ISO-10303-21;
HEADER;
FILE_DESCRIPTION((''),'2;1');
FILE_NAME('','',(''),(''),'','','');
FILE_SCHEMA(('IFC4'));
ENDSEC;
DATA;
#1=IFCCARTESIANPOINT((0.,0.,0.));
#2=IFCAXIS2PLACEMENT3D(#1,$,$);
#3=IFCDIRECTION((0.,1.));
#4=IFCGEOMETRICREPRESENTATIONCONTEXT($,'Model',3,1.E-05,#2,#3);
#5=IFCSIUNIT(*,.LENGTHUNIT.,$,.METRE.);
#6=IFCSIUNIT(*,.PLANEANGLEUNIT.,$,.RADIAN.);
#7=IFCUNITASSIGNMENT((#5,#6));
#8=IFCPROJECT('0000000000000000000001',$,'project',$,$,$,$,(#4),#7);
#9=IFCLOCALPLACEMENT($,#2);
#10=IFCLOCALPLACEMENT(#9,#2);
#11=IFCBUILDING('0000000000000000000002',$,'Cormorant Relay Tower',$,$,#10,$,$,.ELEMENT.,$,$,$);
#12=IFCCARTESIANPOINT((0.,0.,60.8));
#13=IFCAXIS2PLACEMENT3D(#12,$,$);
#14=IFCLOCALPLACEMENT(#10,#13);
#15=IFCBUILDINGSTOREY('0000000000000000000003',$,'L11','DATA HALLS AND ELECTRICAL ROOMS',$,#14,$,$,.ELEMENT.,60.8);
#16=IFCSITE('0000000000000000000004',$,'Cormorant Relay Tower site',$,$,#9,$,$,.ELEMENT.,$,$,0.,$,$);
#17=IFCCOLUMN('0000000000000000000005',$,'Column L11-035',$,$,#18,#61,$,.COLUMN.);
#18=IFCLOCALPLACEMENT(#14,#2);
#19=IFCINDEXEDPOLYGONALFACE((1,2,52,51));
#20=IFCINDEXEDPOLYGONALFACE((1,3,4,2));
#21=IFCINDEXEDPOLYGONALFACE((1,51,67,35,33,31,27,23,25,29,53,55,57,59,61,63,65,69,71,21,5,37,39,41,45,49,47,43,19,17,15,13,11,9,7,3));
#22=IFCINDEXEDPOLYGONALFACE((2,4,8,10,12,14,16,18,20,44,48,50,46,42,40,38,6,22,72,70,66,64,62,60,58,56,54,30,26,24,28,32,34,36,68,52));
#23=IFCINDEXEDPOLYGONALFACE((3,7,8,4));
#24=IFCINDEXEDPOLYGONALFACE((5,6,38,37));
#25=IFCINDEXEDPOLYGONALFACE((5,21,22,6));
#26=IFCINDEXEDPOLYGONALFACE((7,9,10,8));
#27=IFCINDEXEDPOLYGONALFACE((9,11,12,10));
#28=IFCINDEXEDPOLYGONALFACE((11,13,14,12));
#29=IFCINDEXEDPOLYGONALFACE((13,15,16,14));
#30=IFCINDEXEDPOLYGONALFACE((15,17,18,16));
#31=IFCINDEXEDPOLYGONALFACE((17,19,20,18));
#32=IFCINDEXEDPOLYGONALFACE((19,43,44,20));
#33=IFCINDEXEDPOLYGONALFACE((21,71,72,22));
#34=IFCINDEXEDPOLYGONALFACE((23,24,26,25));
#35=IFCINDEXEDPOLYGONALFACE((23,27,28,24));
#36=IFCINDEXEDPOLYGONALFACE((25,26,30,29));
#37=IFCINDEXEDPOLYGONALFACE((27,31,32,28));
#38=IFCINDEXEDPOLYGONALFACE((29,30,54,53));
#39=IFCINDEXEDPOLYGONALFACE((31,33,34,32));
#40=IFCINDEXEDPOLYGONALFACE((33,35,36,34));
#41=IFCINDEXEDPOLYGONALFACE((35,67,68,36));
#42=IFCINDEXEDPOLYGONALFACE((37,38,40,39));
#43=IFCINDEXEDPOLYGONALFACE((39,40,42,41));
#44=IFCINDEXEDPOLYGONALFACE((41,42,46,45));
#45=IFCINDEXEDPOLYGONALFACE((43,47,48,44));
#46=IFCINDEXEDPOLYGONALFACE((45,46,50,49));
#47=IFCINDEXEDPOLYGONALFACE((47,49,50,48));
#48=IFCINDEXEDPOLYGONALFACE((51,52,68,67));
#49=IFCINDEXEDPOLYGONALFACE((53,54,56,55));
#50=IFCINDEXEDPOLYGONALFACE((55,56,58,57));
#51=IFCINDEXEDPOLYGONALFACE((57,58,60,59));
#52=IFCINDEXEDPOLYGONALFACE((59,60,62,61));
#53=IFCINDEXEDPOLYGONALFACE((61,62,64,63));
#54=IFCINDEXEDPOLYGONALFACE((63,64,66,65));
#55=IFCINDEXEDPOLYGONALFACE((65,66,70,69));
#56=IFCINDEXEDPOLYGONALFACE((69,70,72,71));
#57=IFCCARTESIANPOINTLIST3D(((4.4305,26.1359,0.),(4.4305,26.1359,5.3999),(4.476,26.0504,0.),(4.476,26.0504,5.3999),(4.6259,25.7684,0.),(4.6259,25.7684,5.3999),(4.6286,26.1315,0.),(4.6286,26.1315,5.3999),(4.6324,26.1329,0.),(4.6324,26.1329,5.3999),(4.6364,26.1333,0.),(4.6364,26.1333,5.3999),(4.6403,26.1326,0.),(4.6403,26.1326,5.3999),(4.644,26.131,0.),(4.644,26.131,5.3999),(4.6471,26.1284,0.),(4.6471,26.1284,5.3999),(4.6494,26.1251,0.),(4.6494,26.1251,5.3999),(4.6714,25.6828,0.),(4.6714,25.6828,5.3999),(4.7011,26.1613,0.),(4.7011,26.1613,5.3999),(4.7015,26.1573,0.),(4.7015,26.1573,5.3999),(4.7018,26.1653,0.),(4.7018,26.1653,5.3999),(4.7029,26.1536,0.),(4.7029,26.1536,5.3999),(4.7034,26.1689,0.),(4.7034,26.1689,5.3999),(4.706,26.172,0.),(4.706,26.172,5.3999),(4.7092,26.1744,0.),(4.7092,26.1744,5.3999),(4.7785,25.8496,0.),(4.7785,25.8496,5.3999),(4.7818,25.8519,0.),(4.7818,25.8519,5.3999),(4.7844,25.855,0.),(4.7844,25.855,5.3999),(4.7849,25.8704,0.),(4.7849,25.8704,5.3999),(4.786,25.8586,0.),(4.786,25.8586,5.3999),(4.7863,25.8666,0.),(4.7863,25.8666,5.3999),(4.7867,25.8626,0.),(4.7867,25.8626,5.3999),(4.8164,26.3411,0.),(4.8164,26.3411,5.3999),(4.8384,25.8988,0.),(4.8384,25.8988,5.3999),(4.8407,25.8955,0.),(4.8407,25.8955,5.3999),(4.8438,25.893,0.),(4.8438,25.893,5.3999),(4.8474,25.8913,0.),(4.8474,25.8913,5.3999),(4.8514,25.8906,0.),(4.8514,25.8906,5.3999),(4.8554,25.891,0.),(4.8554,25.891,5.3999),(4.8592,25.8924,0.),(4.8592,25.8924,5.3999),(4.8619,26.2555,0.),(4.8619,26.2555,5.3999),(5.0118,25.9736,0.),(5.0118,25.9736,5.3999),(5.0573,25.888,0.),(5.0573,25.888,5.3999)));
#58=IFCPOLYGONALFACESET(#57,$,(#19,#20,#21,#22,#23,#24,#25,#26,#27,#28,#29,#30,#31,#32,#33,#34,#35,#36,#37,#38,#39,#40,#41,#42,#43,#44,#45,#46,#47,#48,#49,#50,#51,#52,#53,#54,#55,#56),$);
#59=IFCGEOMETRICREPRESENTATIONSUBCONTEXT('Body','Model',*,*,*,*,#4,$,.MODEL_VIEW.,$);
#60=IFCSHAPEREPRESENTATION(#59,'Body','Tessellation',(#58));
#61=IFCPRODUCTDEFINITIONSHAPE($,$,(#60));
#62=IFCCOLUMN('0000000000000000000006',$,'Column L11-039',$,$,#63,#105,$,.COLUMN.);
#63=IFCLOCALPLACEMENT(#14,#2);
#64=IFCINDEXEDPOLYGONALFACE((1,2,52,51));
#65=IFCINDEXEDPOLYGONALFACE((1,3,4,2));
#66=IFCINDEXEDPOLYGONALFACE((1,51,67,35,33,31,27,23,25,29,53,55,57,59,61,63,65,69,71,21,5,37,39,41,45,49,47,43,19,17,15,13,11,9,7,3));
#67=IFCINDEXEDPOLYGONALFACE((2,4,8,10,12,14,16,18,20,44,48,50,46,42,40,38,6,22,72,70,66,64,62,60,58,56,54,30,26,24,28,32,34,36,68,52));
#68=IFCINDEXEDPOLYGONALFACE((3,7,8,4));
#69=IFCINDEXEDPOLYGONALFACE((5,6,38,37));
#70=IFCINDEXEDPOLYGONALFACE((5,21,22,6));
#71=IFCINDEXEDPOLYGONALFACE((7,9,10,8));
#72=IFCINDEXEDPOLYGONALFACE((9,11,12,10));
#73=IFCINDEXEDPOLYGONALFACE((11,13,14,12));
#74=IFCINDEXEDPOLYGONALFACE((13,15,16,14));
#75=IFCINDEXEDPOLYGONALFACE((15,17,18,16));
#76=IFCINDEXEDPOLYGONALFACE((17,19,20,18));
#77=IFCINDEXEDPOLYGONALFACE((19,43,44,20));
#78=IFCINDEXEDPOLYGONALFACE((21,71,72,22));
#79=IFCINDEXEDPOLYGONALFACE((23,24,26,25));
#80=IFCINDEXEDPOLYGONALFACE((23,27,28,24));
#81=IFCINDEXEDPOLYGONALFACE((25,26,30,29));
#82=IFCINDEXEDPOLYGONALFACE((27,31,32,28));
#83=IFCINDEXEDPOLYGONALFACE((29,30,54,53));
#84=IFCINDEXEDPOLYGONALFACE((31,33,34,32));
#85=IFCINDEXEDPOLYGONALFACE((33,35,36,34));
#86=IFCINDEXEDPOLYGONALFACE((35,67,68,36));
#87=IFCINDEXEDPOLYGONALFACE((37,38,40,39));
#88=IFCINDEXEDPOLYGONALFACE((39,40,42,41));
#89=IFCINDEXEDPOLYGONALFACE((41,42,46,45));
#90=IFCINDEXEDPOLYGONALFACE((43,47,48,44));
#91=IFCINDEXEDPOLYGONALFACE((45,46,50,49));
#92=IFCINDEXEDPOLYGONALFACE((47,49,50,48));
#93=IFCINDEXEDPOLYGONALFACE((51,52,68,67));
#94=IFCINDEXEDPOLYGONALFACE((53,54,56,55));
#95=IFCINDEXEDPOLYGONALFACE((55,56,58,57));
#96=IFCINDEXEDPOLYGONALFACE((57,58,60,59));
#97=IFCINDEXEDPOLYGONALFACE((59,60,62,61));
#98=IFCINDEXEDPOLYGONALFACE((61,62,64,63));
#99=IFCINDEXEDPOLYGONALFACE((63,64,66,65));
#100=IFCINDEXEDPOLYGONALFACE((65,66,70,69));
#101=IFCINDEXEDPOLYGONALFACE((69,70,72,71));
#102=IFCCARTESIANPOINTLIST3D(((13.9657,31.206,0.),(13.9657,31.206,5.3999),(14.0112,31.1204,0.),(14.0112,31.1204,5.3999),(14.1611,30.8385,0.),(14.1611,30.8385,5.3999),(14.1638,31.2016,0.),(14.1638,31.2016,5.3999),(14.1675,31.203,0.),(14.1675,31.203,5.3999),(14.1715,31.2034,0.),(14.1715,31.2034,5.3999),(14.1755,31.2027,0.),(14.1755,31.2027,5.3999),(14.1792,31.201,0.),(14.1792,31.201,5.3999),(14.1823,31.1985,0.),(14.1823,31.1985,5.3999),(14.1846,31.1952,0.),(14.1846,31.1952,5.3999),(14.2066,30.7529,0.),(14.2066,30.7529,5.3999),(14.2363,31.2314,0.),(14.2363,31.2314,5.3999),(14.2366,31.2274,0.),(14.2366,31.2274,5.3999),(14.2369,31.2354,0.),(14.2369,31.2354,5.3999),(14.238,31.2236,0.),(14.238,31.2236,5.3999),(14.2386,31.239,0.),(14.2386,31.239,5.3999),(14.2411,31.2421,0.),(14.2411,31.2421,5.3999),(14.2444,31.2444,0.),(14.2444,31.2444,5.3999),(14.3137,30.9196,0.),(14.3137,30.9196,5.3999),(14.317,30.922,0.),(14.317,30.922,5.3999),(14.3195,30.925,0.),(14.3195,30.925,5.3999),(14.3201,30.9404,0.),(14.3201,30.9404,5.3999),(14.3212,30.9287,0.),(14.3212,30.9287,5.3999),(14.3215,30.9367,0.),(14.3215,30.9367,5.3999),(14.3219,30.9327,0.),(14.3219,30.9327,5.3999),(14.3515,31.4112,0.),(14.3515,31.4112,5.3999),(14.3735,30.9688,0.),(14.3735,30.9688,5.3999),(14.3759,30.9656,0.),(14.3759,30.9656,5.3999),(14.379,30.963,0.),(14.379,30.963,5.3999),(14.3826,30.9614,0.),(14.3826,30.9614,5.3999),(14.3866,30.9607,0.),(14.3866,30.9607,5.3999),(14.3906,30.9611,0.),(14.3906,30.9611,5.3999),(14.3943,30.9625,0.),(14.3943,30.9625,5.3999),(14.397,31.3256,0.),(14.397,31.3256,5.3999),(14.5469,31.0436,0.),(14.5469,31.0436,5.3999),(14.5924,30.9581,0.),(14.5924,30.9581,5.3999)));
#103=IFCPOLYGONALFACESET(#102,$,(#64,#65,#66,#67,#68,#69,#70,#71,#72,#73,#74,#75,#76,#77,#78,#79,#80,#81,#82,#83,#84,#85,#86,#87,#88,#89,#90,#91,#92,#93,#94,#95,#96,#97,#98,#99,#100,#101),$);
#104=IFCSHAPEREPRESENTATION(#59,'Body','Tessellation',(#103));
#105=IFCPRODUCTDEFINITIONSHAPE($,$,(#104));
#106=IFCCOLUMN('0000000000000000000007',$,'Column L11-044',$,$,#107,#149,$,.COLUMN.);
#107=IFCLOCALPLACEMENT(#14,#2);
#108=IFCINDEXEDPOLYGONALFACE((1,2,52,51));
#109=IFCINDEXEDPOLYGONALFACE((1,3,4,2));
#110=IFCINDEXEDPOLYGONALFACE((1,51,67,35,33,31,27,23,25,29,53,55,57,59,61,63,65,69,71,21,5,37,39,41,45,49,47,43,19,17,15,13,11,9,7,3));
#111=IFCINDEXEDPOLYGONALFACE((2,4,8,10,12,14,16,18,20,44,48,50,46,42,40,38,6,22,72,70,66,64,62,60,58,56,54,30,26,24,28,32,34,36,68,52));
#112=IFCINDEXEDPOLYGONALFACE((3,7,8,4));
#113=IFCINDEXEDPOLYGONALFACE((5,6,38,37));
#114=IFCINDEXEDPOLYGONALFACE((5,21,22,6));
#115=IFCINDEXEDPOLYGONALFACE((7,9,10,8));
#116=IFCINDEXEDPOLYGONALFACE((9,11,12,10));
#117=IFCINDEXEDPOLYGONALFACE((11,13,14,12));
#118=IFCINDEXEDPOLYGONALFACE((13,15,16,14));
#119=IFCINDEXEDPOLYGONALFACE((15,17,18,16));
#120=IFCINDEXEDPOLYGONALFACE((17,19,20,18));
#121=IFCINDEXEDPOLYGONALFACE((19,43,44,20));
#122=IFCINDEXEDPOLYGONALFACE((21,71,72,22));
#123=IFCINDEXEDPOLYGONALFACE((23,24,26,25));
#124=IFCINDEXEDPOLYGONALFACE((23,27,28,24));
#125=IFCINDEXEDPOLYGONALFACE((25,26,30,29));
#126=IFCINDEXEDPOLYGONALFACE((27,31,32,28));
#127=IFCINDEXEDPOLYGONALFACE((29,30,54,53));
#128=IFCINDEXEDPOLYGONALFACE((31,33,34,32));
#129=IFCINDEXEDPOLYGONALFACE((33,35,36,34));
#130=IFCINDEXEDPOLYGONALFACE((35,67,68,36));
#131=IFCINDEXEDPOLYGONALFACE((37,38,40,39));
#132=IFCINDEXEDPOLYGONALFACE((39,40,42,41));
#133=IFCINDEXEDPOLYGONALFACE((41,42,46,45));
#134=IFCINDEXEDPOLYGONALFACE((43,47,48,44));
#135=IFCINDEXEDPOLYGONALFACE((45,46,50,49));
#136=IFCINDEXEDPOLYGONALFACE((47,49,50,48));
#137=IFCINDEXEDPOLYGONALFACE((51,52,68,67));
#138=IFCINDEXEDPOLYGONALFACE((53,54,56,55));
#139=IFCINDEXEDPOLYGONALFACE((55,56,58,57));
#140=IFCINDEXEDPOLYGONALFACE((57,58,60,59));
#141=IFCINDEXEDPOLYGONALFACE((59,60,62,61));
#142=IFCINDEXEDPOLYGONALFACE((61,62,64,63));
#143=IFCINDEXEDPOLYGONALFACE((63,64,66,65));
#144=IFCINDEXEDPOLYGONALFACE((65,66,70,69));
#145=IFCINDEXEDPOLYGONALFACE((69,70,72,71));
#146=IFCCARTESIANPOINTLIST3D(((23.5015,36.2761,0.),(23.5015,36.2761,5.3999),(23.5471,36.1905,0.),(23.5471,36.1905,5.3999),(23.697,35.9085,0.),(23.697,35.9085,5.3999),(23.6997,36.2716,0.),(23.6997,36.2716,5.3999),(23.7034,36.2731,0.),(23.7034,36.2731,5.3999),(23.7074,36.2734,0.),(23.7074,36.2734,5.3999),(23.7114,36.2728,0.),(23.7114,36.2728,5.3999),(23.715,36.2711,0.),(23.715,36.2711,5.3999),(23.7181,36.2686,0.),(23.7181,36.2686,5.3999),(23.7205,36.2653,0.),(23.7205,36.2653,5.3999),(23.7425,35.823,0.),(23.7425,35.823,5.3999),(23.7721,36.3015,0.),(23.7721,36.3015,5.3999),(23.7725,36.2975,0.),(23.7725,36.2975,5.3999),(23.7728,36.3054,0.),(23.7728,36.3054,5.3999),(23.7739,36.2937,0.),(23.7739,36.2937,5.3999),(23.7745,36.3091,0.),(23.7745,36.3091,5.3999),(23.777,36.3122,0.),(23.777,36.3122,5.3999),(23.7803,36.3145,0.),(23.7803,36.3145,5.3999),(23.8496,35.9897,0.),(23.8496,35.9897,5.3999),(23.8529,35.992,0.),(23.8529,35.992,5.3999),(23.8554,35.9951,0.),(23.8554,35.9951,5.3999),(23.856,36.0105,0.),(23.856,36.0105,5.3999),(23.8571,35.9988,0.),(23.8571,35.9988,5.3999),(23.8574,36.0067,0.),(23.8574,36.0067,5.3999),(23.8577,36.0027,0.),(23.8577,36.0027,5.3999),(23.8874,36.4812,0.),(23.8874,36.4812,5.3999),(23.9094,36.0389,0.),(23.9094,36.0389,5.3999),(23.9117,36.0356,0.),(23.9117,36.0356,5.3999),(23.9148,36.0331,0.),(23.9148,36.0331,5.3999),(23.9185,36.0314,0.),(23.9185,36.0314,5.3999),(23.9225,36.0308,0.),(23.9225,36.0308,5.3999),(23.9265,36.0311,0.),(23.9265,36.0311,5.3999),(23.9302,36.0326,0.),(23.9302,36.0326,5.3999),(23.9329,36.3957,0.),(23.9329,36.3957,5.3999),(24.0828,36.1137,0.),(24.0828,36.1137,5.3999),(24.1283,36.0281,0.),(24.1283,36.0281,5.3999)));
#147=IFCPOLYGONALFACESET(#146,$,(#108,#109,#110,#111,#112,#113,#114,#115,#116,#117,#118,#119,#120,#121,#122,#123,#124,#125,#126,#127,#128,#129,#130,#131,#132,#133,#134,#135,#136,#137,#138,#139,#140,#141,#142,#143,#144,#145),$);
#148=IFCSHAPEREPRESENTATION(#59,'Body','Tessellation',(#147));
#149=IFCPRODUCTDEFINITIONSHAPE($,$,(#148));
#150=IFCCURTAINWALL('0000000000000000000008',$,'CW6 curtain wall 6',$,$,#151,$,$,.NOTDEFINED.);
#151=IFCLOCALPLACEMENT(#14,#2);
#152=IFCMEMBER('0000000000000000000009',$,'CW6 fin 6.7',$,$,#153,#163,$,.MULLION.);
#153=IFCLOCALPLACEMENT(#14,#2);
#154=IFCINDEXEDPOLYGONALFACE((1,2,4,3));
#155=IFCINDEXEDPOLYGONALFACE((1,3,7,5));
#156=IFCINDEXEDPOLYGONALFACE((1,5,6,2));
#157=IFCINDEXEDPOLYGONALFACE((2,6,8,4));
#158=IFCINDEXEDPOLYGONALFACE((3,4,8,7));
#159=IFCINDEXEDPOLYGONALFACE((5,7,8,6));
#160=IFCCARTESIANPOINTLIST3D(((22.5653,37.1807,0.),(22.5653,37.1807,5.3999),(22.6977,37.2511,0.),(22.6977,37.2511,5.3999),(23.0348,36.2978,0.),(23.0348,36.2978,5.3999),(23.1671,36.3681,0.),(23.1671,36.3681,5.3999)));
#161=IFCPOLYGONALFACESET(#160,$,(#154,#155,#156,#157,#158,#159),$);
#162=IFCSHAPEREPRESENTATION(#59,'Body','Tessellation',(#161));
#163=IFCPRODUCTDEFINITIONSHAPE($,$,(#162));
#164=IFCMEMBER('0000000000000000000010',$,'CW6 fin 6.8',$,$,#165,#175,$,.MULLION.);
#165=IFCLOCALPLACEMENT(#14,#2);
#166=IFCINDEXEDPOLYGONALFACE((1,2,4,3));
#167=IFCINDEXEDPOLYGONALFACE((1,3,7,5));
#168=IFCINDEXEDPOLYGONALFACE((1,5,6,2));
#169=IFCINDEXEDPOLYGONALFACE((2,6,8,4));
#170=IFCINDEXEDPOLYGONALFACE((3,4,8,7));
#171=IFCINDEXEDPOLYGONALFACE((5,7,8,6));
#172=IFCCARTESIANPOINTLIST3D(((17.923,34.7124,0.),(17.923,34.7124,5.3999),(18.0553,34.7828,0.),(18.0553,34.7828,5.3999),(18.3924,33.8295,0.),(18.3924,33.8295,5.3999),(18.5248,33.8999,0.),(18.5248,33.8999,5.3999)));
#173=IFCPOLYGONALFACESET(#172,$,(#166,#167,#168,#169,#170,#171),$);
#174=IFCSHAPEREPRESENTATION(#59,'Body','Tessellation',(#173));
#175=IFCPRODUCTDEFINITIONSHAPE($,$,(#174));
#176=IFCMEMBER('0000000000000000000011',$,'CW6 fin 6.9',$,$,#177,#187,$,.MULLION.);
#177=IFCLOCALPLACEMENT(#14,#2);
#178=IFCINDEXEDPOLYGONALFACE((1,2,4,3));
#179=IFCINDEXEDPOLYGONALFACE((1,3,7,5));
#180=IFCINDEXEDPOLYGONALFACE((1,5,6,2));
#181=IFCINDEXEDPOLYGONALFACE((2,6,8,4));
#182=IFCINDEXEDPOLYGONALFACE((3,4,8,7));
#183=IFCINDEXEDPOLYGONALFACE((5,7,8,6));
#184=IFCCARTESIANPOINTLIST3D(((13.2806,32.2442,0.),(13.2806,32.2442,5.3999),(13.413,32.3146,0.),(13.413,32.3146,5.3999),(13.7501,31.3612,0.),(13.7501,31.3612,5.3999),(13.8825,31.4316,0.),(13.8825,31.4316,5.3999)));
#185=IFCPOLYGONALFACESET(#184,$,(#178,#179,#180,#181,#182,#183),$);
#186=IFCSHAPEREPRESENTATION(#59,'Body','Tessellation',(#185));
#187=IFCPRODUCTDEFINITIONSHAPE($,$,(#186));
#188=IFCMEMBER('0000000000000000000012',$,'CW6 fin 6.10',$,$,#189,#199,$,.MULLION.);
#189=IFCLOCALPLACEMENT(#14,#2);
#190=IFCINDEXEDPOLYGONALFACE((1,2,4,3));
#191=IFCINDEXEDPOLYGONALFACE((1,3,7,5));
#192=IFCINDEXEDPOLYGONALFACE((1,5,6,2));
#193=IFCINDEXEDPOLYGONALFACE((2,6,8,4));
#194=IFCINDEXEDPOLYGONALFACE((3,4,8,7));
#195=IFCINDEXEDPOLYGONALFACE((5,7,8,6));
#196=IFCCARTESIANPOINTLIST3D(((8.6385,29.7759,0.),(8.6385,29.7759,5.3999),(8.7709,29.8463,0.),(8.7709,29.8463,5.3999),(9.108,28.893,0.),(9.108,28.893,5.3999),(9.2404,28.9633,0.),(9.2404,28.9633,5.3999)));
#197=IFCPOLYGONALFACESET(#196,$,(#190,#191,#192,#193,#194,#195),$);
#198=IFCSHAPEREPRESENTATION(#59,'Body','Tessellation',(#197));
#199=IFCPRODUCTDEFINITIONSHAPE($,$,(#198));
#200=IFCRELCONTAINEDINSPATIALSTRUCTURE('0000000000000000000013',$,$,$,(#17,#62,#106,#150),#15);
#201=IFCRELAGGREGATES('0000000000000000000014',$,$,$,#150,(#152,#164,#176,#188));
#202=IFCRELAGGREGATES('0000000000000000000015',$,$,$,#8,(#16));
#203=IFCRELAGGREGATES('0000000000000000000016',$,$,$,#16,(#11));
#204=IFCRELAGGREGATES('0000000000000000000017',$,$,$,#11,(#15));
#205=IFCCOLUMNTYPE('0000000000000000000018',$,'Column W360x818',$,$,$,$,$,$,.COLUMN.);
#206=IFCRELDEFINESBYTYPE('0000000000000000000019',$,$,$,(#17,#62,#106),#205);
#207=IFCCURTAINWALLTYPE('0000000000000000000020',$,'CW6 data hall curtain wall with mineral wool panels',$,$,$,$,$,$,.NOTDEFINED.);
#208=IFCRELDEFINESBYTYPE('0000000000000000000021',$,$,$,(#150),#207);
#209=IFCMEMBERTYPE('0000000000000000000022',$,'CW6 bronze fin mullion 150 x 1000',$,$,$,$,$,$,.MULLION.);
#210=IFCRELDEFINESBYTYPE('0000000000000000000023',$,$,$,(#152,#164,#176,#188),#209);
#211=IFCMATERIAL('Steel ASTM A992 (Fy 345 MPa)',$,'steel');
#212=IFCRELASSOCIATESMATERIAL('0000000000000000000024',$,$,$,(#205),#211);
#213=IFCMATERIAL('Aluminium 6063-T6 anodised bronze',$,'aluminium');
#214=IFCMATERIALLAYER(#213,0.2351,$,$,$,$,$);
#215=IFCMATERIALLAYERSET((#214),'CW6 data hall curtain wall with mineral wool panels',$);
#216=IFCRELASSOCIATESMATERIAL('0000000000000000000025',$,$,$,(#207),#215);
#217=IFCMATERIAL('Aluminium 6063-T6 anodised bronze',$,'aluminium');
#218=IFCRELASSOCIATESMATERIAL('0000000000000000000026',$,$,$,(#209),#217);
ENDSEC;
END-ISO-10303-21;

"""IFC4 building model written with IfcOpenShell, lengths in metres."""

from ifc_helpers import new_model, si_unit, direction, frame, origin, origin_2d, place, context, subcontext, project, spatial, rectangle, i_section, extrude, material, layer, layer_set, material_profile, profile_set, type_object, element, aggregate, save


model = new_model("IFC4")

# Units and contexts
model_context = context("Model", 3, precision=1e-05, world=origin(), true_north=direction((0.0, 1.0)))
body_context = subcontext(model_context, "Body", "Model", "MODEL_VIEW")
ifc_project = project(units=[si_unit("LENGTHUNIT", "METRE"), si_unit("PLANEANGLEUNIT", "RADIAN")], contexts=[model_context])

# Site, building, storey
site_placement = place(None, origin())
site = spatial("IfcSite", under=ifc_project, at=site_placement, Name="Cormorant Relay Tower site", CompositionType="ELEMENT", RefElevation=0.0)
building_placement = place(site_placement, origin())
building = spatial("IfcBuilding", under=site, at=building_placement, Name="Cormorant Relay Tower", CompositionType="ELEMENT")
storey_placement = place(building_placement, frame((0.0, 0.0, 60.8)))
storey = spatial("IfcBuildingStorey", under=building, at=storey_placement, Name="L11", Description="DATA HALLS AND ELECTRICAL ROOMS", CompositionType="ELEMENT", Elevation=60.8)

# Columns
ifc_material_1 = material(Name="Steel ASTM A992 (Fy 345 MPa)", Category="steel")
ifc_material_profile_1 = material_profile(ifc_material_1, i_section(OverallWidth=0.437, OverallDepth=0.5132, WebThickness=0.0605, FlangeThickness=0.0969, FilletRadius=0.0154, at=origin_2d()), Name="W360x818")
ifc_profile_set_1 = profile_set([ifc_material_profile_1], Name="Steel ASTM A992 (Fy 345 MPa)")
column_type = type_object("IfcColumnType", Name="Column W360x818", PredefinedType="COLUMN", material=ifc_profile_set_1)
for number, where, z_axis, x_axis, name in (
    (1, (4.7439, 26.012, 0.0), (0.0, 0.0, 1.0), (-0.882948, -0.469472, 0.0), "Column L11-035"),
    (2, (14.2791, 31.082, 0.0), (0.0, 0.0, 1.0), (-0.882948, -0.469472, 0.0), "Column L11-039"),
    (3, (23.8149, 36.1521, 0.0), (0.0, 0.0, 1.0), (-0.882948, -0.469472, 0.0), "Column L11-044"),
):
    element("IfcColumn", number, at=place(storey_placement, frame(where, z_axis=z_axis, x_axis=x_axis)), inside=storey, type_object=column_type, Name=name, PredefinedType="COLUMN", context=body_context, shape_type="SweptSolid", body=[
        extrude(i_section(OverallWidth=0.437, OverallDepth=0.5132, WebThickness=0.0605, FlangeThickness=0.0969, FilletRadius=0.0154, at=origin_2d()), origin(), (0.0, 0.0, 1.0), 5.3999),
    ])

# Curtain wall, members
ifc_material_2 = material(Name="Aluminium 6063-T6 anodised bronze", Category="aluminium")
ifc_layer_1 = layer(ifc_material_2, 0.2351)
ifc_layer_set_1 = layer_set([ifc_layer_1], Name="CW6 data hall curtain wall with mineral wool panels")
curtain_wall_type = type_object("IfcCurtainWallType", Name="CW6 data hall curtain wall with mineral wool panels", PredefinedType="NOTDEFINED", material=ifc_layer_set_1)
curtain_wall_1_placement = place(storey_placement, origin())
curtain_wall_1 = element("IfcCurtainWall", 4, at=curtain_wall_1_placement, inside=storey, type_object=curtain_wall_type, Name="CW6 curtain wall 6", PredefinedType="NOTDEFINED")
ifc_material_3 = material(Name="Aluminium 6063-T6 anodised bronze", Category="aluminium")
ifc_material_profile_2 = material_profile(ifc_material_3, rectangle(XDim=0.1499, YDim=1.0, at=origin_2d()), Name="AL 150x1000")
ifc_profile_set_2 = profile_set([ifc_material_profile_2], Name="Aluminium 6063-T6 anodised bronze")
member_type_1 = type_object("IfcMemberType", Name="CW6 bronze fin mullion 150 x 1000", PredefinedType="MULLION", material=ifc_profile_set_2)
member_1_placement = place(storey_placement, frame((22.8662, 36.7744, 0.0), z_axis=(0.0, 0.0, 1.0), x_axis=(-0.882948, -0.469472, 0.0)))
member_1 = element("IfcMember", 5, at=member_1_placement, type_object=member_type_1, Name="CW6 fin 6.7", PredefinedType="MULLION", context=body_context, shape_type="SweptSolid", body=[
    extrude(rectangle(XDim=0.1499, YDim=1.0, at=origin_2d()), origin(), (0.0, 0.0, 1.0), 5.3999),
])
member_2_placement = place(storey_placement, frame((18.2239, 34.3062, 0.0), z_axis=(0.0, 0.0, 1.0), x_axis=(-0.882948, -0.469472, 0.0)))
member_2 = element("IfcMember", 6, at=member_2_placement, type_object=member_type_1, Name="CW6 fin 6.8", PredefinedType="MULLION", context=body_context, shape_type="SweptSolid", body=[
    extrude(rectangle(XDim=0.1499, YDim=1.0, at=origin_2d()), origin(), (0.0, 0.0, 1.0), 5.3999),
])
member_3_placement = place(storey_placement, frame((13.5815, 31.8379, 0.0), z_axis=(0.0, 0.0, 1.0), x_axis=(-0.882948, -0.469472, 0.0)))
member_3 = element("IfcMember", 7, at=member_3_placement, type_object=member_type_1, Name="CW6 fin 6.9", PredefinedType="MULLION", context=body_context, shape_type="SweptSolid", body=[
    extrude(rectangle(XDim=0.1499, YDim=1.0, at=origin_2d()), origin(), (0.0, 0.0, 1.0), 5.3999),
])
member_4_placement = place(storey_placement, frame((8.9395, 29.3696, 0.0), z_axis=(0.0, 0.0, 1.0), x_axis=(-0.882948, -0.469472, 0.0)))
member_4 = element("IfcMember", 8, at=member_4_placement, type_object=member_type_1, Name="CW6 fin 6.10", PredefinedType="MULLION", context=body_context, shape_type="SweptSolid", body=[
    extrude(rectangle(XDim=0.1499, YDim=1.0, at=origin_2d()), origin(), (0.0, 0.0, 1.0), 5.3999),
])

aggregate(curtain_wall_1, [member_1, member_2, member_3, member_4])

save(model, "model.ifc")
